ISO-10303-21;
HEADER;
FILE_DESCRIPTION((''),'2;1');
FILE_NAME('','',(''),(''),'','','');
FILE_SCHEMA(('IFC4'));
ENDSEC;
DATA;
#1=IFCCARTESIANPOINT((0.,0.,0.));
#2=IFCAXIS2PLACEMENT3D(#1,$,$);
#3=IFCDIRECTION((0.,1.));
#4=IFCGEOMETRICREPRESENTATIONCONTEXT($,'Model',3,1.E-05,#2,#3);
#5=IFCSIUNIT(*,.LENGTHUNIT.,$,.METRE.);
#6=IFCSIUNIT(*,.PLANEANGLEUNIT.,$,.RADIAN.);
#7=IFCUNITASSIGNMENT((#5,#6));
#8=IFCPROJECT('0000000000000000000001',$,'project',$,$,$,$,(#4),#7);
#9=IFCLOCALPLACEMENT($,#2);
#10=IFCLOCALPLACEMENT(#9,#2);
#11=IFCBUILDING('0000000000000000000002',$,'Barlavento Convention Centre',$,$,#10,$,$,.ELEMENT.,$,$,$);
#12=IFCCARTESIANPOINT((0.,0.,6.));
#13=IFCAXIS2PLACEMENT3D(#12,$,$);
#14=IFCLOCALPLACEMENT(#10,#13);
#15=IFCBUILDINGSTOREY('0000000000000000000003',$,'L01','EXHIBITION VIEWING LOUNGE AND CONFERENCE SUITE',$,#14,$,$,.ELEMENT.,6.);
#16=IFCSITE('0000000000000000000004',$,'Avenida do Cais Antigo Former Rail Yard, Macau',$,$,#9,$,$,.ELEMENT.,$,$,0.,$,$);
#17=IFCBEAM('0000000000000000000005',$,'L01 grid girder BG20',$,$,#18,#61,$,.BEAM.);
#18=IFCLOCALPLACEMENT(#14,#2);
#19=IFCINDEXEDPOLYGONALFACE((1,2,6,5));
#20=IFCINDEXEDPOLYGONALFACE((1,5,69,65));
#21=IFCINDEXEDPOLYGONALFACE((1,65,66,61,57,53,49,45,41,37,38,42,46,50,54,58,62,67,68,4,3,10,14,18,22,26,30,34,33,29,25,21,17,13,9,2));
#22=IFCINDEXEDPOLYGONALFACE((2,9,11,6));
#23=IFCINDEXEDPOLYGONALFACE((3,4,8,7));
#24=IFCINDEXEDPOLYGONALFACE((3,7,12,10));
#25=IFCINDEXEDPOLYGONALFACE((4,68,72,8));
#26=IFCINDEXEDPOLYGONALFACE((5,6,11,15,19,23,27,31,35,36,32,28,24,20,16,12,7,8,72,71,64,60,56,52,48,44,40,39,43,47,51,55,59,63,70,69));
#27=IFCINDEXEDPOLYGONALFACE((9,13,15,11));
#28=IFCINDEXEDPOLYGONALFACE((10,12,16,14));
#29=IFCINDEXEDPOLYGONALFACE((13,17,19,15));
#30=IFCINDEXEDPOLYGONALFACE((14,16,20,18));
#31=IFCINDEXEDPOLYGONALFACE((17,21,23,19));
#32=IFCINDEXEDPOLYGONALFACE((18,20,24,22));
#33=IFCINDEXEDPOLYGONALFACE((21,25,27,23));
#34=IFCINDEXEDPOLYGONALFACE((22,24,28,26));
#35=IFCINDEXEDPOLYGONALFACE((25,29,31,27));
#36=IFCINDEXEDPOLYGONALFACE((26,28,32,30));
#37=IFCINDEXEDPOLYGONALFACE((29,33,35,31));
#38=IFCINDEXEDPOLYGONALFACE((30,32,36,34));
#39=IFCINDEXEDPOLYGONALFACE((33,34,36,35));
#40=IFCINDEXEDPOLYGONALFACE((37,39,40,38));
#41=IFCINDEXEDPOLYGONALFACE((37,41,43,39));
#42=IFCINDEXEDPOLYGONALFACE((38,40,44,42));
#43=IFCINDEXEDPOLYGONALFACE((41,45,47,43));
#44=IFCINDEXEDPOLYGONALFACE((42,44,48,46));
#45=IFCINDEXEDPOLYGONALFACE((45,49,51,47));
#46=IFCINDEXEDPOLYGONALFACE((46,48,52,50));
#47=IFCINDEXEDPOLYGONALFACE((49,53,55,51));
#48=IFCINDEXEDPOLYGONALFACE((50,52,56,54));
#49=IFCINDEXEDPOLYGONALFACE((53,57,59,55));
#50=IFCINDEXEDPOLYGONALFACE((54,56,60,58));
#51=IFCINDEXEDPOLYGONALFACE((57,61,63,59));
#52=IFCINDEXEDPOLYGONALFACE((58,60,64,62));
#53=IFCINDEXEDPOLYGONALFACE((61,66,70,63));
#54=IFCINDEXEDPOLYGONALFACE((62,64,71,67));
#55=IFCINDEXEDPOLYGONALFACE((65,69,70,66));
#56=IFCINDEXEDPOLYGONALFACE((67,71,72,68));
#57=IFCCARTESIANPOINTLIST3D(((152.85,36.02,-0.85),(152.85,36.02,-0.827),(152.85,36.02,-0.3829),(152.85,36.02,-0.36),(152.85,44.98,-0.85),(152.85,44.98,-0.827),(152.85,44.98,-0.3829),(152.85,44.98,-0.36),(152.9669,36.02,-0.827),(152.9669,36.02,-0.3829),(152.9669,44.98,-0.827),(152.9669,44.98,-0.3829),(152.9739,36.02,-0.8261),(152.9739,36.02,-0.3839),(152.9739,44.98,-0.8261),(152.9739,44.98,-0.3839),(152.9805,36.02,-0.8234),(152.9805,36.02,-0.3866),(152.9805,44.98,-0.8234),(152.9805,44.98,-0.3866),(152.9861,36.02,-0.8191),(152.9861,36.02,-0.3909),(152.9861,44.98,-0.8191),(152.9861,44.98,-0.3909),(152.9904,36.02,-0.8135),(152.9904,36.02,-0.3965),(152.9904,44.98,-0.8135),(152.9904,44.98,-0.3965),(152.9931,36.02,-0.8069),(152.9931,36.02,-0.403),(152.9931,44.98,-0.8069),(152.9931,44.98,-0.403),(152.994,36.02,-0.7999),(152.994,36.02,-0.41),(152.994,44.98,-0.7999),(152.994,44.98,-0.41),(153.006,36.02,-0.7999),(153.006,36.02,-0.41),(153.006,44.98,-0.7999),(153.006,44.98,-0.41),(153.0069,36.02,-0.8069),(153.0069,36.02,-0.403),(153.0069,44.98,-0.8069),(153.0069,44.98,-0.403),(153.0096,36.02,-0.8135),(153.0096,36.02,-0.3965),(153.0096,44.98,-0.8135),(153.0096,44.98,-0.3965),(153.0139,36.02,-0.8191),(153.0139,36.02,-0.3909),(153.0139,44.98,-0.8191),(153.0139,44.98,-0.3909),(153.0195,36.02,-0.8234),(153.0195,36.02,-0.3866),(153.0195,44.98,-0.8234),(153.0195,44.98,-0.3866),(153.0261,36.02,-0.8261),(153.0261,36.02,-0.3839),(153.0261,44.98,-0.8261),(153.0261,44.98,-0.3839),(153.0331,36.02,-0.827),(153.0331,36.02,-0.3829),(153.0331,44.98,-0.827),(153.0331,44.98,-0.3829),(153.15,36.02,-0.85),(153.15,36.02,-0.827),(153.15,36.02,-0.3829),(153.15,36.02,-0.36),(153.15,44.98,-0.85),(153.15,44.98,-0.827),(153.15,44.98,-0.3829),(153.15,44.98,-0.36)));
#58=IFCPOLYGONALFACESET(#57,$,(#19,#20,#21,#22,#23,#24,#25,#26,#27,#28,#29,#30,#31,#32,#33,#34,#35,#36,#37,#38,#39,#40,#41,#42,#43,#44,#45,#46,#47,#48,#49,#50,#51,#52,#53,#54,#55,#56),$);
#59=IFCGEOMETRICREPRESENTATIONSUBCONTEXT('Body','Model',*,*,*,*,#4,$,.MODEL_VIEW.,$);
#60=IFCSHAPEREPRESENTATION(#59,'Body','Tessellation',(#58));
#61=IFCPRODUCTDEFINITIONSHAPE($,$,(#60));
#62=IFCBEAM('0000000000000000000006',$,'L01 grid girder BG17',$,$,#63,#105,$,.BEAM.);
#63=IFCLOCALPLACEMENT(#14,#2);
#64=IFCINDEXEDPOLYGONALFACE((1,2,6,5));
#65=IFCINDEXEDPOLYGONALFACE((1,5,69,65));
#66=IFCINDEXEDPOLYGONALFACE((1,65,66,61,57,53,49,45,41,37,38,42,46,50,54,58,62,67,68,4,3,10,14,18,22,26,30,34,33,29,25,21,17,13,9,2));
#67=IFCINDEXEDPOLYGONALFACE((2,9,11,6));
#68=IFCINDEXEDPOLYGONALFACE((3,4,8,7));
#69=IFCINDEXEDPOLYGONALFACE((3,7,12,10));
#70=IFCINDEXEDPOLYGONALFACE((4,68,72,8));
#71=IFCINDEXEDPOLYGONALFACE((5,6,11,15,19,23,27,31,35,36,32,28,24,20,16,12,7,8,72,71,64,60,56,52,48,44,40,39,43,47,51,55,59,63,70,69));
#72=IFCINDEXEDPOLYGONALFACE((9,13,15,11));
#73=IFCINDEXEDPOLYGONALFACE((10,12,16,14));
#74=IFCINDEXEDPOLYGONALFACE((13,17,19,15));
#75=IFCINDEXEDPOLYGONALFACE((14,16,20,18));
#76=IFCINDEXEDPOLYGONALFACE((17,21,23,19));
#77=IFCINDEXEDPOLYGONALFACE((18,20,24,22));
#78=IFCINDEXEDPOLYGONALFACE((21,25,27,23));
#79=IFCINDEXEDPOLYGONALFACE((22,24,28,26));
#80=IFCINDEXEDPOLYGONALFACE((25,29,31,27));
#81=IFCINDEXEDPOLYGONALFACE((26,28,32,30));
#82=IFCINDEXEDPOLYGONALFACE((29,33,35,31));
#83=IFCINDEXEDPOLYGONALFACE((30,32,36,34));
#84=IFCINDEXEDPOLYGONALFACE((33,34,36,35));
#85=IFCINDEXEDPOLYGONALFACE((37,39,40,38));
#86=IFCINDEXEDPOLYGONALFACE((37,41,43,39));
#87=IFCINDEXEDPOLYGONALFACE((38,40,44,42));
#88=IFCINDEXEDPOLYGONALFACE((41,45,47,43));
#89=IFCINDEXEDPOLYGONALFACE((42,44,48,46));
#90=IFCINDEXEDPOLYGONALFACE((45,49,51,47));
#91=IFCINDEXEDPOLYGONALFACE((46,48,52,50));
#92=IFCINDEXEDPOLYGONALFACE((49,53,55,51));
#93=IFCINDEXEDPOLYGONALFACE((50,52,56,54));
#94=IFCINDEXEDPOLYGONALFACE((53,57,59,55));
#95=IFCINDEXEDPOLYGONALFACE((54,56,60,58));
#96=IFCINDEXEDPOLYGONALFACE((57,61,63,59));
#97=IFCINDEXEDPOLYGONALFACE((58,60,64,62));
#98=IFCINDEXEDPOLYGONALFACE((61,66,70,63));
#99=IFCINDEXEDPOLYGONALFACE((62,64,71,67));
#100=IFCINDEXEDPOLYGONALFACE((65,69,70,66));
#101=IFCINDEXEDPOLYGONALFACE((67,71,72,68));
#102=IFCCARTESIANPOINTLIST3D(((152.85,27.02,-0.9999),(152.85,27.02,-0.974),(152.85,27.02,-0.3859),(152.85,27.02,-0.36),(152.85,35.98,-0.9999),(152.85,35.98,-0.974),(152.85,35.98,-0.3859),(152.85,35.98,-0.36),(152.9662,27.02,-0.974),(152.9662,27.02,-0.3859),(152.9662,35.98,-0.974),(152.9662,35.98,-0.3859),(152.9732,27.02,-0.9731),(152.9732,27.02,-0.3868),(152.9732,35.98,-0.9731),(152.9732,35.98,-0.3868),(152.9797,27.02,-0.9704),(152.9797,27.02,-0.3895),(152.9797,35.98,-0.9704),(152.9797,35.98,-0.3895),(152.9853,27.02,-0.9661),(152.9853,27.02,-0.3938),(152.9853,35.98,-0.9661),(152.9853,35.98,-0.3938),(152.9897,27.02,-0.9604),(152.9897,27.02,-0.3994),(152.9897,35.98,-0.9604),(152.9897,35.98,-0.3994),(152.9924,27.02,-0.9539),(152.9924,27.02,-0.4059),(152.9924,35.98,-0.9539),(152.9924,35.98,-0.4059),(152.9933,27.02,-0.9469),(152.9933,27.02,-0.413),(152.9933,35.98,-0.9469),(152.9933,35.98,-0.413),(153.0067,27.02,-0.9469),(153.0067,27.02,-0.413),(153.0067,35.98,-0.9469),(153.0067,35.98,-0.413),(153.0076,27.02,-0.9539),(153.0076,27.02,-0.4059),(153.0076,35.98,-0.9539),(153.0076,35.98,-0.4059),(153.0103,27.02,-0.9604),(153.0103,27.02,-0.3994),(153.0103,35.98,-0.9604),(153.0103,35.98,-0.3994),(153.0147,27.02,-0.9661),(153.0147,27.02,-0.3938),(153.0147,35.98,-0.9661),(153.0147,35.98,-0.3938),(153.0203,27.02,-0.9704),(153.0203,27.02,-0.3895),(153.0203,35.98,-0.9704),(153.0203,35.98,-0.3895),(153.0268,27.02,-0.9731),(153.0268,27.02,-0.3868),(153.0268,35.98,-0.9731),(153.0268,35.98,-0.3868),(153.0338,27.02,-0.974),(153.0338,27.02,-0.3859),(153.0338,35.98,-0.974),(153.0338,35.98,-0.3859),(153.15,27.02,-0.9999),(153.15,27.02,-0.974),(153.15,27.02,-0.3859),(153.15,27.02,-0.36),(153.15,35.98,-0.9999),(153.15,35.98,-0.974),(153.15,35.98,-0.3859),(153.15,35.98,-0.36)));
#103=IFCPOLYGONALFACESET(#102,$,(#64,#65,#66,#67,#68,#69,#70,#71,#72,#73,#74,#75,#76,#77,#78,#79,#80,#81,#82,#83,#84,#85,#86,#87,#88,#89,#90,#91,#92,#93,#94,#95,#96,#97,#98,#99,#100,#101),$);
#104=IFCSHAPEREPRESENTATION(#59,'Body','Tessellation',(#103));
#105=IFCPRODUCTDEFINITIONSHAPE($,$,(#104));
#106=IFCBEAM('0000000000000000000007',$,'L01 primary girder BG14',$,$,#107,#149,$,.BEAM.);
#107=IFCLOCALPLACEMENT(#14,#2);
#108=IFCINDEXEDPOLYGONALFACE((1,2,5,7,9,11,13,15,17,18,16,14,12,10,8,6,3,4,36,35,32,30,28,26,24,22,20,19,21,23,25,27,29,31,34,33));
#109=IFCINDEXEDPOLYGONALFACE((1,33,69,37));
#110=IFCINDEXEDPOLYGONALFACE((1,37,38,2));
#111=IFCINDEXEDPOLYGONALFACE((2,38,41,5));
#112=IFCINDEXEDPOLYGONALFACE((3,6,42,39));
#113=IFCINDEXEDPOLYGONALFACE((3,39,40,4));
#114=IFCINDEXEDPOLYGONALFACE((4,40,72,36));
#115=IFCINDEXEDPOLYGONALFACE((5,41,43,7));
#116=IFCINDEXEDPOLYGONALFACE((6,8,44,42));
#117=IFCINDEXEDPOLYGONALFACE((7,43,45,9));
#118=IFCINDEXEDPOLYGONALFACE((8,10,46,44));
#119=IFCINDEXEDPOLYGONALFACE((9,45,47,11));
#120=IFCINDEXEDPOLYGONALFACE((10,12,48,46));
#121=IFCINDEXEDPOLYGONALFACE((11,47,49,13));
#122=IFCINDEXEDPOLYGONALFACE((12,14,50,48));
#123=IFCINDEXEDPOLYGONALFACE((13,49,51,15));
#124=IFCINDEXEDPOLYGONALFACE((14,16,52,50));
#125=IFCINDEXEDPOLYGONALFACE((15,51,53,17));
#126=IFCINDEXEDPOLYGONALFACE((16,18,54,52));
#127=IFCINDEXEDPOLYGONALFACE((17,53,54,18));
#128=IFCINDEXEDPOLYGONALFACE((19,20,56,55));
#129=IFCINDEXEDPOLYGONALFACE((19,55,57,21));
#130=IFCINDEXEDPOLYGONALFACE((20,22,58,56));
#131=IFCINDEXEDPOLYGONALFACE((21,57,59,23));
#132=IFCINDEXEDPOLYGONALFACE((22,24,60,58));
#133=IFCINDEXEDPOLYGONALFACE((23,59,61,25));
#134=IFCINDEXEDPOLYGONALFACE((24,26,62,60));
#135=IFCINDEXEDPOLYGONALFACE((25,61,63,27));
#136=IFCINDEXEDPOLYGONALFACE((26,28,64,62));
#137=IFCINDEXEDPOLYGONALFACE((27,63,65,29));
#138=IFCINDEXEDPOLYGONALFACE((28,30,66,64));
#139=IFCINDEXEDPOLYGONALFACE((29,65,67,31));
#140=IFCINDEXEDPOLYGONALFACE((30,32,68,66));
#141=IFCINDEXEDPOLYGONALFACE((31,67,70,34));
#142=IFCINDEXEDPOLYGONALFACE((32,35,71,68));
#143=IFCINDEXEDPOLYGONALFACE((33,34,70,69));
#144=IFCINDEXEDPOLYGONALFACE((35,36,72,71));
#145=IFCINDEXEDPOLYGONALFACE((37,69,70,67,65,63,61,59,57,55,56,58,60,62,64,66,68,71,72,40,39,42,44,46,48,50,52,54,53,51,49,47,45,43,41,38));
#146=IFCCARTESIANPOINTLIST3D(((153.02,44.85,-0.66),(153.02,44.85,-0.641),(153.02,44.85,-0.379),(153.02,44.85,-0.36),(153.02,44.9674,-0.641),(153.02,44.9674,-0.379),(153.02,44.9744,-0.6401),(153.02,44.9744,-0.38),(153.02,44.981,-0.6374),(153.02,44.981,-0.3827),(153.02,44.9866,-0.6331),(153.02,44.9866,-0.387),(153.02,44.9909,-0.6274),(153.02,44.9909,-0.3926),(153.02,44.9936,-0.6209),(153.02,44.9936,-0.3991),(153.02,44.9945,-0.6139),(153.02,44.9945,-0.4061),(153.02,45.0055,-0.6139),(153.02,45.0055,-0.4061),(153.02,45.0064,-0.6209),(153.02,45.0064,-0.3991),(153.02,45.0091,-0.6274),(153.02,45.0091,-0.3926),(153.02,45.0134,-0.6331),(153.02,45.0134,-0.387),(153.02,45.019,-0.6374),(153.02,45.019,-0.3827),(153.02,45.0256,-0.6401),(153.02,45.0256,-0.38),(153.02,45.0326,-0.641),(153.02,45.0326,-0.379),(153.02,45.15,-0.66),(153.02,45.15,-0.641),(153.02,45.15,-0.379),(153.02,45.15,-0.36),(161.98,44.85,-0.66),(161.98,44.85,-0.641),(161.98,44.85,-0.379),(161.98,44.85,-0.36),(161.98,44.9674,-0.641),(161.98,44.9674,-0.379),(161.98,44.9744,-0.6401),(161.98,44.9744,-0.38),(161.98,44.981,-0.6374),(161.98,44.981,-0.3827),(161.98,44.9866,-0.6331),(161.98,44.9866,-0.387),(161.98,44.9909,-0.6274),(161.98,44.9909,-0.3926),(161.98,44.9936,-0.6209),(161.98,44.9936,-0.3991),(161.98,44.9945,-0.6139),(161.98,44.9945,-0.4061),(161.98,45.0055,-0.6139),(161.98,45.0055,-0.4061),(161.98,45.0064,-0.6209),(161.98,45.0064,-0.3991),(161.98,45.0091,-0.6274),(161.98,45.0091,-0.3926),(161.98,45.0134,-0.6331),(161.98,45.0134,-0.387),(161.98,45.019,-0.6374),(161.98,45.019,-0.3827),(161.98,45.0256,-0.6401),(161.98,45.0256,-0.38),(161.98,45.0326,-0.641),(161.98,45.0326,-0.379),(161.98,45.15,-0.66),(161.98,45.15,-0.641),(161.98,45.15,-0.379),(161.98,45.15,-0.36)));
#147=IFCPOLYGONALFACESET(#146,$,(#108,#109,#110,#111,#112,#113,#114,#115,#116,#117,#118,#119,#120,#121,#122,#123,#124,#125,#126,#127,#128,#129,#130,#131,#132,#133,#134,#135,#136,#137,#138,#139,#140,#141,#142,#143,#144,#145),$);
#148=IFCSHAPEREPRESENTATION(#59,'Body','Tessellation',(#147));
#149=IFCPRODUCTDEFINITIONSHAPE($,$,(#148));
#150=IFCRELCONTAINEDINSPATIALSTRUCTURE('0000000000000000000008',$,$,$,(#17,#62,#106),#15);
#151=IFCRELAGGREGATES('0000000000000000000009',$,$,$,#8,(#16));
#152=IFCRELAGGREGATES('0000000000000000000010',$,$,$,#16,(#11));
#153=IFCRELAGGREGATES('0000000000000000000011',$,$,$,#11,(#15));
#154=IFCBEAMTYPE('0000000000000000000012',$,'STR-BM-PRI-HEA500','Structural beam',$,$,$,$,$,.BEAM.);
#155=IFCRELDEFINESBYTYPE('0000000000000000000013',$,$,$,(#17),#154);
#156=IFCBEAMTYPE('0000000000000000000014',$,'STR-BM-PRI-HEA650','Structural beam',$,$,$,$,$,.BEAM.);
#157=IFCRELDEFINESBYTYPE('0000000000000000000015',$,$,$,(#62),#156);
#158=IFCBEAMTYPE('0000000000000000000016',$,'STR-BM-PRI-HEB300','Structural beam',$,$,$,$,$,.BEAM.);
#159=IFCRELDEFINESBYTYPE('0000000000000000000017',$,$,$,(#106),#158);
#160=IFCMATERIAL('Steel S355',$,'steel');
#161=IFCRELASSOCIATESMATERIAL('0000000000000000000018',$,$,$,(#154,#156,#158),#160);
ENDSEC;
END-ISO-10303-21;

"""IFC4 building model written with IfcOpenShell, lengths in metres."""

from ifc_helpers import new_model, si_unit, direction, frame, origin, origin_2d, place, context, subcontext, project, spatial, i_section, extrude, material, material_profile, profile_set, type_object, element, save


model = new_model("IFC4")

# Units and contexts
model_context = context("Model", 3, precision=1e-05, world=origin(), true_north=direction((0.0, 1.0)))
body_context = subcontext(model_context, "Body", "Model", "MODEL_VIEW")
ifc_project = project(units=[si_unit("LENGTHUNIT", "METRE"), si_unit("PLANEANGLEUNIT", "RADIAN")], contexts=[model_context])

# Site, building, storey
site_placement = place(None, origin())
site = spatial("IfcSite", under=ifc_project, at=site_placement, Name="Avenida do Cais Antigo Former Rail Yard, Macau", CompositionType="ELEMENT", RefElevation=0.0)
building_placement = place(site_placement, origin())
building = spatial("IfcBuilding", under=site, at=building_placement, Name="Barlavento Convention Centre", CompositionType="ELEMENT")
storey_placement = place(building_placement, frame((0.0, 0.0, 6.0)))
storey = spatial("IfcBuildingStorey", under=building, at=storey_placement, Name="L01", Description="EXHIBITION VIEWING LOUNGE AND CONFERENCE SUITE", CompositionType="ELEMENT", Elevation=6.0)

# Shared definitions
ifc_material_1 = material(Name="Steel S355", Category="steel")

# Beams
ifc_material_profile_1 = material_profile(ifc_material_1, i_section(OverallWidth=0.3, OverallDepth=0.49, WebThickness=0.012, FlangeThickness=0.0229, FilletRadius=0.0271, at=origin_2d()), Name="HEA 500")
ifc_profile_set_1 = profile_set([ifc_material_profile_1], Name="Steel S355")
beam_type_1 = type_object("IfcBeamType", Name="STR-BM-PRI-HEA500", Description="Structural beam", PredefinedType="BEAM", material=ifc_profile_set_1)
beam_1_placement = place(storey_placement, frame((153.0, 36.02, -0.605), z_axis=(0.0, 1.0, 0.0), x_axis=(-1.0, 0.0, 0.0)))
element("IfcBeam", 1, at=beam_1_placement, inside=storey, type_object=beam_type_1, Name="L01 grid girder BG20", PredefinedType="BEAM", context=body_context, shape_type="SweptSolid", body=[
    extrude(i_section(OverallWidth=0.3, OverallDepth=0.49, WebThickness=0.012, FlangeThickness=0.0229, FilletRadius=0.0271, at=origin_2d()), origin(), (0.0, 0.0, 1.0), 8.96),
])
ifc_material_profile_2 = material_profile(ifc_material_1, i_section(OverallWidth=0.3, OverallDepth=0.6399, WebThickness=0.0134, FlangeThickness=0.0259, FilletRadius=0.0271, at=origin_2d()), Name="HEA 650")
ifc_profile_set_2 = profile_set([ifc_material_profile_2], Name="Steel S355")
beam_type_2 = type_object("IfcBeamType", Name="STR-BM-PRI-HEA650", Description="Structural beam", PredefinedType="BEAM", material=ifc_profile_set_2)
beam_2_placement = place(storey_placement, frame((153.0, 27.02, -0.6799), z_axis=(0.0, 1.0, 0.0), x_axis=(-1.0, 0.0, 0.0)))
element("IfcBeam", 2, at=beam_2_placement, inside=storey, type_object=beam_type_2, Name="L01 grid girder BG17", PredefinedType="BEAM", context=body_context, shape_type="SweptSolid", body=[
    extrude(i_section(OverallWidth=0.3, OverallDepth=0.6399, WebThickness=0.0134, FlangeThickness=0.0259, FilletRadius=0.0271, at=origin_2d()), origin(), (0.0, 0.0, 1.0), 8.96),
])
ifc_material_profile_3 = material_profile(ifc_material_1, i_section(OverallWidth=0.3, OverallDepth=0.3, WebThickness=0.011, FlangeThickness=0.019, FilletRadius=0.0271, at=origin_2d()), Name="HEB 300")
ifc_profile_set_3 = profile_set([ifc_material_profile_3], Name="Steel S355")
beam_type_3 = type_object("IfcBeamType", Name="STR-BM-PRI-HEB300", Description="Structural beam", PredefinedType="BEAM", material=ifc_profile_set_3)
beam_3_placement = place(storey_placement, frame((153.02, 45.0, -0.51), z_axis=(1.0, 0.0, 0.0), x_axis=(0.0, 1.0, 0.0)))
element("IfcBeam", 3, at=beam_3_placement, inside=storey, type_object=beam_type_3, Name="L01 primary girder BG14", PredefinedType="BEAM", context=body_context, shape_type="SweptSolid", body=[
    extrude(i_section(OverallWidth=0.3, OverallDepth=0.3, WebThickness=0.011, FlangeThickness=0.019, FilletRadius=0.0271, at=origin_2d()), origin(), (0.0, 0.0, 1.0), 8.96),
])

save(model, "model.ifc")
